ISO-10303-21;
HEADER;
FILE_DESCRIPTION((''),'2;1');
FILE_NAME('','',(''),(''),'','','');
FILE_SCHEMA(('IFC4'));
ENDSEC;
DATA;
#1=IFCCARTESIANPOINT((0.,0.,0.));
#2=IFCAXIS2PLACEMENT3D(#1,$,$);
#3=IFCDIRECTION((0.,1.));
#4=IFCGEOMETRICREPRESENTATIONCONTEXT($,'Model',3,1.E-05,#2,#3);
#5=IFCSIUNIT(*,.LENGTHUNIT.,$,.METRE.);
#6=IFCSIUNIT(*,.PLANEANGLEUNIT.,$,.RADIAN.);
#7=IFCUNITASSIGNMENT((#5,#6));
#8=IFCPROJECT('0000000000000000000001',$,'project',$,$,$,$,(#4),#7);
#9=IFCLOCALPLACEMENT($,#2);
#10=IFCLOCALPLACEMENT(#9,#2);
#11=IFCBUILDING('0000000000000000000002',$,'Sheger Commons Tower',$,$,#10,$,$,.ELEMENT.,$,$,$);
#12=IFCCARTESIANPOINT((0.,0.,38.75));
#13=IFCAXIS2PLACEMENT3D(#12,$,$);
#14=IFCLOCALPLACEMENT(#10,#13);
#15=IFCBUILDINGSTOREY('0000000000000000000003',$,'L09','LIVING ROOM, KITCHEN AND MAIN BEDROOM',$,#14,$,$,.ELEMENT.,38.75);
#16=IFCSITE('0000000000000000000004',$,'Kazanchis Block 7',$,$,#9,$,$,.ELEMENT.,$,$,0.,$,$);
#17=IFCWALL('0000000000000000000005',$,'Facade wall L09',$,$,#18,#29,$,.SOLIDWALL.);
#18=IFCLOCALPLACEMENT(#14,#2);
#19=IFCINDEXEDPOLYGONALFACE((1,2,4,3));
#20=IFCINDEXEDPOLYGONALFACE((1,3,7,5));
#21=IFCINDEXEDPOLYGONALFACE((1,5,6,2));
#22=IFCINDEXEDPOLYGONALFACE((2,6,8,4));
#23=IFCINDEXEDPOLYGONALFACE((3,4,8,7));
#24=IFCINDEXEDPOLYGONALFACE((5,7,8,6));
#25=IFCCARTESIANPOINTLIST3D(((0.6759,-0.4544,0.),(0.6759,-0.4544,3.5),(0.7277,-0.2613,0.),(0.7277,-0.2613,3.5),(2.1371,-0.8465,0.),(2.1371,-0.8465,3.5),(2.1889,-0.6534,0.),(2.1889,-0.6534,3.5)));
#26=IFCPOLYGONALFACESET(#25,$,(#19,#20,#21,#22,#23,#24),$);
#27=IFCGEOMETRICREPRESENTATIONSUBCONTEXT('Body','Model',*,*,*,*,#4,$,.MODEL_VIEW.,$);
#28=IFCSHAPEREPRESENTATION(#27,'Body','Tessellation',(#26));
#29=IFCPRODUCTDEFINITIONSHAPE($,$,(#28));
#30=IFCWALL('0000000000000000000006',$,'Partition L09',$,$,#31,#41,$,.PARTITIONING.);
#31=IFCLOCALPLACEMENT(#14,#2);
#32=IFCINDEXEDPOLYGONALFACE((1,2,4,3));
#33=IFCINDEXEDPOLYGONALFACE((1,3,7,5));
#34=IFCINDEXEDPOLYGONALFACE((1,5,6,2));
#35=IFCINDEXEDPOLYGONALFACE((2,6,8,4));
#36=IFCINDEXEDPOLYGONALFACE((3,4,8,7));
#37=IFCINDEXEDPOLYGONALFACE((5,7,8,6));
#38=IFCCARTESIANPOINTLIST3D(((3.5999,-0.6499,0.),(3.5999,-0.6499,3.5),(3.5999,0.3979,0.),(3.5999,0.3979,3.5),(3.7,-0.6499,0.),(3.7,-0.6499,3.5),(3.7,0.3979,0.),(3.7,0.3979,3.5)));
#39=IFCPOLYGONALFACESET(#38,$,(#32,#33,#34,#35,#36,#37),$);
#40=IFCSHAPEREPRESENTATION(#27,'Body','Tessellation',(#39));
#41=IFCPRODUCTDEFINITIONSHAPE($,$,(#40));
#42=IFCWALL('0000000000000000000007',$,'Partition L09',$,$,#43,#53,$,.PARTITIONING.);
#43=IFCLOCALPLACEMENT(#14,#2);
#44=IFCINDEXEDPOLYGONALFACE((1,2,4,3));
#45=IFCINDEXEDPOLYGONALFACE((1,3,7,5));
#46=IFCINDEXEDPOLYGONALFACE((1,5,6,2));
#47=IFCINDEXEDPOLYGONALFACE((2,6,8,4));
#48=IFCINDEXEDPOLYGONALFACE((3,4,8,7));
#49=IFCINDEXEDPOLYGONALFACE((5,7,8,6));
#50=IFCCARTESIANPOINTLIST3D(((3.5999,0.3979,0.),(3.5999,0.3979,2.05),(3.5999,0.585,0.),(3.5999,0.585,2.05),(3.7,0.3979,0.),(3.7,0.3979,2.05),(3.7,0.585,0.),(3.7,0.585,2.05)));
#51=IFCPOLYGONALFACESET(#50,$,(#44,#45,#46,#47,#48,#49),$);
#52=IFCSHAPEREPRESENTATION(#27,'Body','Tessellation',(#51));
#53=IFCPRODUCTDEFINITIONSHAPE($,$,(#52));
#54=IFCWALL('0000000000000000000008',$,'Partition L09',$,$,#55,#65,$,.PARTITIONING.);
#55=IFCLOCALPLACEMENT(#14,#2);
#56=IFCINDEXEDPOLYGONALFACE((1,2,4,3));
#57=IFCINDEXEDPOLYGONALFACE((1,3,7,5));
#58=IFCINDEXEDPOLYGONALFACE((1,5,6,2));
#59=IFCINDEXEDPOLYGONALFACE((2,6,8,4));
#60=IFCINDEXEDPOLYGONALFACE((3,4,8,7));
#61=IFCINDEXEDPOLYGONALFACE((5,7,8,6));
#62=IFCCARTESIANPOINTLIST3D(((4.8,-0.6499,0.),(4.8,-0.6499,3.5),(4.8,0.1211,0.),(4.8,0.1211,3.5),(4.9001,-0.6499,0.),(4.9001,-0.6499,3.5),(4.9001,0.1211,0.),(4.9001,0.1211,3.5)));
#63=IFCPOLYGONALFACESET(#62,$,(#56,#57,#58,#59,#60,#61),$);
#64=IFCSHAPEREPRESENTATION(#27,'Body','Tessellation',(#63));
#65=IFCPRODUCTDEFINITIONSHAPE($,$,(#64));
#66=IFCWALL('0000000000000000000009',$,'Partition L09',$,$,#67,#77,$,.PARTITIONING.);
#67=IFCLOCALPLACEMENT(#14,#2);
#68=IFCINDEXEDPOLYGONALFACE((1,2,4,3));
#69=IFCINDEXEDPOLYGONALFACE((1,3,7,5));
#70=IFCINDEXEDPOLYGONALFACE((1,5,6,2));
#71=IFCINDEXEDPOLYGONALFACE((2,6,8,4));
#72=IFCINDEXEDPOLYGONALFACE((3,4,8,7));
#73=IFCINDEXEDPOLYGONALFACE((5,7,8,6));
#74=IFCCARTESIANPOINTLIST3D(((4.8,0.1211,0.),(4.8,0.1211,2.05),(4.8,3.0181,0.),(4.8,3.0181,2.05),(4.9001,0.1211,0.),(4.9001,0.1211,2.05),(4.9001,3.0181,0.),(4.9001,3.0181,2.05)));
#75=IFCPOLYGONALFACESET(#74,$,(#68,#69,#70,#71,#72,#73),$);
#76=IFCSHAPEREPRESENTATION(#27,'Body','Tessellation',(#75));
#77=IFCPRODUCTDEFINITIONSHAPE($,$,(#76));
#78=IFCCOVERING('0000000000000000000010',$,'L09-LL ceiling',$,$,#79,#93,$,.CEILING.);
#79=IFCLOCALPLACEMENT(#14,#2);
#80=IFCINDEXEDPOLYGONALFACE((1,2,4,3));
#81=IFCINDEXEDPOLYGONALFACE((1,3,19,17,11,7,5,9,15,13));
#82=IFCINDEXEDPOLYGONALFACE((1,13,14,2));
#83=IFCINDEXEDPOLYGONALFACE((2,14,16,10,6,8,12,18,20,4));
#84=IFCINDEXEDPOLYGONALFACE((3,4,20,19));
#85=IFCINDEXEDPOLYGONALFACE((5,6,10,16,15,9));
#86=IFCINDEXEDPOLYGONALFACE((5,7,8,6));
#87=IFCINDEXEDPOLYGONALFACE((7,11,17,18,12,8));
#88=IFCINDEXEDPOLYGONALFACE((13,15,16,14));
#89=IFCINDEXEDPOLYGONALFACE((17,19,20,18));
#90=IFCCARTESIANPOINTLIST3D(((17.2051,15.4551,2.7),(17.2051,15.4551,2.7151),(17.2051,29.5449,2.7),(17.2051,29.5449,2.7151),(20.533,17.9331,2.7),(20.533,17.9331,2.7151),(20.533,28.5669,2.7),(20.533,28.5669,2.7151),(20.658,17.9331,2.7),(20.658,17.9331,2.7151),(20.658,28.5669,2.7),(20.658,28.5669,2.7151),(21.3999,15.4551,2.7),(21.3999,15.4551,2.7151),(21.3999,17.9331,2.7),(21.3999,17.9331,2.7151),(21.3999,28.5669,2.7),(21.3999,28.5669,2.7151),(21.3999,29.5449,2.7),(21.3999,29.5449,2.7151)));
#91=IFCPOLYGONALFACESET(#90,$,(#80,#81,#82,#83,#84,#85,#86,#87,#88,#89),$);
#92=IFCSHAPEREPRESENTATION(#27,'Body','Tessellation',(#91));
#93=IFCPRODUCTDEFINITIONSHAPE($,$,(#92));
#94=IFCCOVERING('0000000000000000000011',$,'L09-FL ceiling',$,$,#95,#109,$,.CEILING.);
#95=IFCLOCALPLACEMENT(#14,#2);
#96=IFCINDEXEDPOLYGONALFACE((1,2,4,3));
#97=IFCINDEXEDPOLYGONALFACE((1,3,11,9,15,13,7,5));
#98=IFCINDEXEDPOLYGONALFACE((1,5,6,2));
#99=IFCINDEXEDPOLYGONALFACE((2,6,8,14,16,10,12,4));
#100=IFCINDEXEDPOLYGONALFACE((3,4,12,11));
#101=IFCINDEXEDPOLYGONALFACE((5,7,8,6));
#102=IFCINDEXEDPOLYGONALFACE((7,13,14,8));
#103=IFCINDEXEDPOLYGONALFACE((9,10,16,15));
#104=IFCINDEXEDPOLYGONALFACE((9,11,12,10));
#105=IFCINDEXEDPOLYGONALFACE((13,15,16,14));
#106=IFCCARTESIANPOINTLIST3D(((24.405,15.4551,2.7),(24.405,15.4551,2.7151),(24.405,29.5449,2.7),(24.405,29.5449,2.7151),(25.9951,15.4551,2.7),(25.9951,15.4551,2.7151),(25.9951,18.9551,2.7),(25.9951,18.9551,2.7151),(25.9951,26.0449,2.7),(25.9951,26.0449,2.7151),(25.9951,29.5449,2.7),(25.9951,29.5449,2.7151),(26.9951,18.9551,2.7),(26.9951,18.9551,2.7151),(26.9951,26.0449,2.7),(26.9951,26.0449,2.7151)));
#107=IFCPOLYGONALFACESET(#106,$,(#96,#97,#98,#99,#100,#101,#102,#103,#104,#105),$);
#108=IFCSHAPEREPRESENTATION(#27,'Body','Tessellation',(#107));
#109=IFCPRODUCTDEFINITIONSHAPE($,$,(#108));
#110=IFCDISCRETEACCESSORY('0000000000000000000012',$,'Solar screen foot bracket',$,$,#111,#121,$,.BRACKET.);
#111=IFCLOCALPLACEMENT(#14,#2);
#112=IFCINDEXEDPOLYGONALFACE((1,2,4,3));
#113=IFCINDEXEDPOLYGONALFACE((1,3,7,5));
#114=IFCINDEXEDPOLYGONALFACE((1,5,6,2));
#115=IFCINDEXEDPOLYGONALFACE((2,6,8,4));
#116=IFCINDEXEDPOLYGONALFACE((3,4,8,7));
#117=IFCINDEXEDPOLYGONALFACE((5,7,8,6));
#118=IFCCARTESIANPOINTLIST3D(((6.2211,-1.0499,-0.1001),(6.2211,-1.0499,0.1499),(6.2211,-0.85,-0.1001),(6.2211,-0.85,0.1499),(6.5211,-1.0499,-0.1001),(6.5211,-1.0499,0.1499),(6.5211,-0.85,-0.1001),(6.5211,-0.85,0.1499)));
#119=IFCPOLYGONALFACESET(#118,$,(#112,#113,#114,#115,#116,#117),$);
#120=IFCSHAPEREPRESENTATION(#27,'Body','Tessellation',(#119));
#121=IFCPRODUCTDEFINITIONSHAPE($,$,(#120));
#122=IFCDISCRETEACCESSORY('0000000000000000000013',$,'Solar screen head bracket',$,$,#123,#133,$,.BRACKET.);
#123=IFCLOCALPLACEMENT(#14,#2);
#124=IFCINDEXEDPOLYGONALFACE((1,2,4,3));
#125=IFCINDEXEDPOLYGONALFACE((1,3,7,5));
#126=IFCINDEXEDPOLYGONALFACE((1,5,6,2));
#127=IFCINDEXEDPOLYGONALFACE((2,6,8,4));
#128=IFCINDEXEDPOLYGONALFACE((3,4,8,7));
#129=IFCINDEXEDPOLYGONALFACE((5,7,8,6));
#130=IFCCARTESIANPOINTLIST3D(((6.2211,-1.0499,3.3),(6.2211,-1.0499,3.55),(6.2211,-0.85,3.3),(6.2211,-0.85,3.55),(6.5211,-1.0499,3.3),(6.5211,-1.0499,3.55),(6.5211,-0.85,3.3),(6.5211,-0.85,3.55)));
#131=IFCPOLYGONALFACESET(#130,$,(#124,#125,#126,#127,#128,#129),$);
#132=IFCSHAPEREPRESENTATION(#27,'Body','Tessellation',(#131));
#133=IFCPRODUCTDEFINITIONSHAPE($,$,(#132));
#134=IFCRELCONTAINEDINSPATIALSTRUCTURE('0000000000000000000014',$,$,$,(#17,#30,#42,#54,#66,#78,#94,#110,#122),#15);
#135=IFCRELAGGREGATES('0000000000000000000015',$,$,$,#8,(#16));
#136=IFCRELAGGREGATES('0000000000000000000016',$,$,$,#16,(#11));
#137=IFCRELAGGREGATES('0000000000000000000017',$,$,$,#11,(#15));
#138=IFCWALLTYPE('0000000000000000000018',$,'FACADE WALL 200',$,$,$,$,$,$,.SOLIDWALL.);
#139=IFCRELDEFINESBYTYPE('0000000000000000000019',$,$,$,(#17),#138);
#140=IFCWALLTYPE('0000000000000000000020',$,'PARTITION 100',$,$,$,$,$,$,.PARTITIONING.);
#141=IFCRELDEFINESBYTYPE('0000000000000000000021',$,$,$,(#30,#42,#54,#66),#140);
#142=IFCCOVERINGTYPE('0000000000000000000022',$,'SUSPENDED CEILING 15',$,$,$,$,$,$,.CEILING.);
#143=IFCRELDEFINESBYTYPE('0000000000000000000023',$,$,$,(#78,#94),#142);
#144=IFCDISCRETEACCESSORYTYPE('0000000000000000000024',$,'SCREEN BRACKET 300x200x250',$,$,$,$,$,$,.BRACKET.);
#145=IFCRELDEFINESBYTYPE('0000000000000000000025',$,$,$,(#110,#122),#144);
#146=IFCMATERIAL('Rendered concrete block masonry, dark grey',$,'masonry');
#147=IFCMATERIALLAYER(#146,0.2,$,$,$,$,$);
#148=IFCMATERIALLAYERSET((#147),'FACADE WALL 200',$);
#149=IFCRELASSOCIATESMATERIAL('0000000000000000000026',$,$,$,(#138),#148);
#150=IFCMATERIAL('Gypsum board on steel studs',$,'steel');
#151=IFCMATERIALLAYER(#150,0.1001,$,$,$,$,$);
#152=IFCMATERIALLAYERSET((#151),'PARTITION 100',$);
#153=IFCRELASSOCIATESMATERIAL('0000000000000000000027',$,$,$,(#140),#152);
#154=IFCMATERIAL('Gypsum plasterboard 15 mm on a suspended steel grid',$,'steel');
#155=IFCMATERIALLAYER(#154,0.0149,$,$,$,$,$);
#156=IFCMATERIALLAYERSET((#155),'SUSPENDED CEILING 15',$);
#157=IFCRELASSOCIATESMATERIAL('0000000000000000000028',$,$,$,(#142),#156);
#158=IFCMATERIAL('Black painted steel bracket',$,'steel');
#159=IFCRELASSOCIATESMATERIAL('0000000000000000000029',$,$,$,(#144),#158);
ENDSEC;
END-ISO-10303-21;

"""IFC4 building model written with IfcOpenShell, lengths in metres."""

from ifc_helpers import new_model, si_unit, direction, frame, frame_2d, origin, origin_2d, place, context, subcontext, project, spatial, polyline, rectangle, outline, extrude, material, layer, layer_set, type_object, element, save


model = new_model("IFC4")

# Units and contexts
model_context = context("Model", 3, precision=1e-05, world=origin(), true_north=direction((0.0, 1.0)))
body_context = subcontext(model_context, "Body", "Model", "MODEL_VIEW")
ifc_project = project(units=[si_unit("LENGTHUNIT", "METRE"), si_unit("PLANEANGLEUNIT", "RADIAN")], contexts=[model_context])

# Site, building, storey
site_placement = place(None, origin())
site = spatial("IfcSite", under=ifc_project, at=site_placement, Name="Kazanchis Block 7", CompositionType="ELEMENT", RefElevation=0.0)
building_placement = place(site_placement, origin())
building = spatial("IfcBuilding", under=site, at=building_placement, Name="Sheger Commons Tower", CompositionType="ELEMENT")
storey_placement = place(building_placement, frame((0.0, 0.0, 38.75)))
storey = spatial("IfcBuildingStorey", under=building, at=storey_placement, Name="L09", Description="LIVING ROOM, KITCHEN AND MAIN BEDROOM", CompositionType="ELEMENT", Elevation=38.75)

# Shared definitions
ifc_material_1 = material(Name="Rendered concrete block masonry, dark grey", Category="masonry")
ifc_layer_1 = layer(ifc_material_1, 0.2)
ifc_layer_set_1 = layer_set([ifc_layer_1], Name="FACADE WALL 200")
wall_type_1 = type_object("IfcWallType", Name="FACADE WALL 200", PredefinedType="SOLIDWALL", material=ifc_layer_set_1)

# Walls
wall_1_placement = place(storey_placement, frame((0.7019, -0.3579, 0.0), z_axis=(0.0, 0.0, 1.0), x_axis=(0.965832, -0.259169, 0.0)))
element("IfcWall", 1, at=wall_1_placement, inside=storey, type_object=wall_type_1, Name="Facade wall L09", PredefinedType="SOLIDWALL", context=body_context, shape_type="SweptSolid", body=[
    extrude(rectangle(XDim=1.5129, YDim=0.2, at=frame_2d((0.7563, 0.0))), origin(), (0.0, 0.0, 1.0), 3.5),
])
ifc_material_2 = material(Name="Gypsum board on steel studs", Category="steel")
ifc_layer_2 = layer(ifc_material_2, 0.1001)
ifc_layer_set_2 = layer_set([ifc_layer_2], Name="PARTITION 100")
wall_type_2 = type_object("IfcWallType", Name="PARTITION 100", PredefinedType="PARTITIONING", material=ifc_layer_set_2)
wall_2_placement = place(storey_placement, frame((3.6499, -0.6499, 0.0), z_axis=(0.0, 0.0, 1.0), x_axis=(0.0, 1.0, 0.0)))
element("IfcWall", 2, at=wall_2_placement, inside=storey, type_object=wall_type_2, Name="Partition L09", PredefinedType="PARTITIONING", context=body_context, shape_type="SweptSolid", body=[
    extrude(rectangle(XDim=1.0479, YDim=0.1001, at=frame_2d((0.5239, 0.0))), origin(), (0.0, 0.0, 1.0), 3.5),
])
wall_3_placement = place(storey_placement, frame((3.6499, 0.3979, 0.0), z_axis=(0.0, 0.0, 1.0), x_axis=(0.0, 1.0, 0.0)))
element("IfcWall", 3, at=wall_3_placement, inside=storey, type_object=wall_type_2, Name="Partition L09", PredefinedType="PARTITIONING", context=body_context, shape_type="SweptSolid", body=[
    extrude(rectangle(XDim=0.187, YDim=0.1001, at=frame_2d((0.0935, 0.0))), origin(), (0.0, 0.0, 1.0), 2.05),
])
wall_4_placement = place(storey_placement, frame((4.8501, -0.6499, 0.0), z_axis=(0.0, 0.0, 1.0), x_axis=(0.0, 1.0, 0.0)))
element("IfcWall", 4, at=wall_4_placement, inside=storey, type_object=wall_type_2, Name="Partition L09", PredefinedType="PARTITIONING", context=body_context, shape_type="SweptSolid", body=[
    extrude(rectangle(XDim=0.771, YDim=0.1001, at=frame_2d((0.3855, 0.0))), origin(), (0.0, 0.0, 1.0), 3.5),
])
wall_5_placement = place(storey_placement, frame((4.8501, 0.1211, 0.0), z_axis=(0.0, 0.0, 1.0), x_axis=(0.0, 1.0, 0.0)))
element("IfcWall", 5, at=wall_5_placement, inside=storey, type_object=wall_type_2, Name="Partition L09", PredefinedType="PARTITIONING", context=body_context, shape_type="SweptSolid", body=[
    extrude(rectangle(XDim=2.897, YDim=0.1001, at=frame_2d((1.4485, 0.0))), origin(), (0.0, 0.0, 1.0), 2.05),
])

# Coverings
ifc_material_3 = material(Name="Gypsum plasterboard 15 mm on a suspended steel grid", Category="steel")
ifc_layer_3 = layer(ifc_material_3, 0.0149)
ifc_layer_set_3 = layer_set([ifc_layer_3], Name="SUSPENDED CEILING 15")
covering_type = type_object("IfcCoveringType", Name="SUSPENDED CEILING 15", PredefinedType="CEILING", material=ifc_layer_set_3)
covering_1_placement = place(storey_placement, frame((0.0, 0.0, 2.7)))
element("IfcCovering", 6, at=covering_1_placement, inside=storey, type_object=covering_type, Name="L09-LL ceiling", PredefinedType="CEILING", context=body_context, shape_type="SweptSolid", body=[
    extrude(outline(polyline([(17.2051, 15.4551), (21.3999, 15.4551), (21.3999, 17.9331), (20.658, 17.9331), (20.533, 17.9331), (20.533, 28.5669), (20.658, 28.5669), (21.3999, 28.5669), (21.3999, 29.5449), (17.2051, 29.5449), (17.2051, 15.4551)])), origin(), (0.0, 0.0, 1.0), 0.0151),
])
covering_2_placement = place(storey_placement, frame((0.0, 0.0, 2.7)))
element("IfcCovering", 7, at=covering_2_placement, inside=storey, type_object=covering_type, Name="L09-FL ceiling", PredefinedType="CEILING", context=body_context, shape_type="SweptSolid", body=[
    extrude(outline(polyline([(24.405, 15.4551), (25.9951, 15.4551), (25.9951, 18.9551), (26.9951, 18.9551), (26.9951, 26.0449), (25.9951, 26.0449), (25.9951, 29.5449), (24.405, 29.5449), (24.405, 15.4551)])), origin(), (0.0, 0.0, 1.0), 0.0151),
])

# Discrete accessories
ifc_material_4 = material(Name="Black painted steel bracket", Category="steel")
discrete_accessory_type = type_object("IfcDiscreteAccessoryType", Name="SCREEN BRACKET 300x200x250", PredefinedType="BRACKET", material=ifc_material_4)
for number, where, z_axis, x_axis, name in (
    (8, (6.3711, -0.95, -0.1001), (0.0, 0.0, 1.0), (1.0, 0.0, 0.0), "Solar screen foot bracket"),
    (9, (6.3711, -0.95, 3.3), (0.0, 0.0, 1.0), (1.0, 0.0, 0.0), "Solar screen head bracket"),
):
    element("IfcDiscreteAccessory", number, at=place(storey_placement, frame(where, z_axis=z_axis, x_axis=x_axis)), inside=storey, type_object=discrete_accessory_type, Name=name, PredefinedType="BRACKET", context=body_context, shape_type="SweptSolid", body=[
        extrude(rectangle(XDim=0.3, YDim=0.2, at=origin_2d()), origin(), (0.0, 0.0, 1.0), 0.25),
    ])

save(model, "model.ifc")
